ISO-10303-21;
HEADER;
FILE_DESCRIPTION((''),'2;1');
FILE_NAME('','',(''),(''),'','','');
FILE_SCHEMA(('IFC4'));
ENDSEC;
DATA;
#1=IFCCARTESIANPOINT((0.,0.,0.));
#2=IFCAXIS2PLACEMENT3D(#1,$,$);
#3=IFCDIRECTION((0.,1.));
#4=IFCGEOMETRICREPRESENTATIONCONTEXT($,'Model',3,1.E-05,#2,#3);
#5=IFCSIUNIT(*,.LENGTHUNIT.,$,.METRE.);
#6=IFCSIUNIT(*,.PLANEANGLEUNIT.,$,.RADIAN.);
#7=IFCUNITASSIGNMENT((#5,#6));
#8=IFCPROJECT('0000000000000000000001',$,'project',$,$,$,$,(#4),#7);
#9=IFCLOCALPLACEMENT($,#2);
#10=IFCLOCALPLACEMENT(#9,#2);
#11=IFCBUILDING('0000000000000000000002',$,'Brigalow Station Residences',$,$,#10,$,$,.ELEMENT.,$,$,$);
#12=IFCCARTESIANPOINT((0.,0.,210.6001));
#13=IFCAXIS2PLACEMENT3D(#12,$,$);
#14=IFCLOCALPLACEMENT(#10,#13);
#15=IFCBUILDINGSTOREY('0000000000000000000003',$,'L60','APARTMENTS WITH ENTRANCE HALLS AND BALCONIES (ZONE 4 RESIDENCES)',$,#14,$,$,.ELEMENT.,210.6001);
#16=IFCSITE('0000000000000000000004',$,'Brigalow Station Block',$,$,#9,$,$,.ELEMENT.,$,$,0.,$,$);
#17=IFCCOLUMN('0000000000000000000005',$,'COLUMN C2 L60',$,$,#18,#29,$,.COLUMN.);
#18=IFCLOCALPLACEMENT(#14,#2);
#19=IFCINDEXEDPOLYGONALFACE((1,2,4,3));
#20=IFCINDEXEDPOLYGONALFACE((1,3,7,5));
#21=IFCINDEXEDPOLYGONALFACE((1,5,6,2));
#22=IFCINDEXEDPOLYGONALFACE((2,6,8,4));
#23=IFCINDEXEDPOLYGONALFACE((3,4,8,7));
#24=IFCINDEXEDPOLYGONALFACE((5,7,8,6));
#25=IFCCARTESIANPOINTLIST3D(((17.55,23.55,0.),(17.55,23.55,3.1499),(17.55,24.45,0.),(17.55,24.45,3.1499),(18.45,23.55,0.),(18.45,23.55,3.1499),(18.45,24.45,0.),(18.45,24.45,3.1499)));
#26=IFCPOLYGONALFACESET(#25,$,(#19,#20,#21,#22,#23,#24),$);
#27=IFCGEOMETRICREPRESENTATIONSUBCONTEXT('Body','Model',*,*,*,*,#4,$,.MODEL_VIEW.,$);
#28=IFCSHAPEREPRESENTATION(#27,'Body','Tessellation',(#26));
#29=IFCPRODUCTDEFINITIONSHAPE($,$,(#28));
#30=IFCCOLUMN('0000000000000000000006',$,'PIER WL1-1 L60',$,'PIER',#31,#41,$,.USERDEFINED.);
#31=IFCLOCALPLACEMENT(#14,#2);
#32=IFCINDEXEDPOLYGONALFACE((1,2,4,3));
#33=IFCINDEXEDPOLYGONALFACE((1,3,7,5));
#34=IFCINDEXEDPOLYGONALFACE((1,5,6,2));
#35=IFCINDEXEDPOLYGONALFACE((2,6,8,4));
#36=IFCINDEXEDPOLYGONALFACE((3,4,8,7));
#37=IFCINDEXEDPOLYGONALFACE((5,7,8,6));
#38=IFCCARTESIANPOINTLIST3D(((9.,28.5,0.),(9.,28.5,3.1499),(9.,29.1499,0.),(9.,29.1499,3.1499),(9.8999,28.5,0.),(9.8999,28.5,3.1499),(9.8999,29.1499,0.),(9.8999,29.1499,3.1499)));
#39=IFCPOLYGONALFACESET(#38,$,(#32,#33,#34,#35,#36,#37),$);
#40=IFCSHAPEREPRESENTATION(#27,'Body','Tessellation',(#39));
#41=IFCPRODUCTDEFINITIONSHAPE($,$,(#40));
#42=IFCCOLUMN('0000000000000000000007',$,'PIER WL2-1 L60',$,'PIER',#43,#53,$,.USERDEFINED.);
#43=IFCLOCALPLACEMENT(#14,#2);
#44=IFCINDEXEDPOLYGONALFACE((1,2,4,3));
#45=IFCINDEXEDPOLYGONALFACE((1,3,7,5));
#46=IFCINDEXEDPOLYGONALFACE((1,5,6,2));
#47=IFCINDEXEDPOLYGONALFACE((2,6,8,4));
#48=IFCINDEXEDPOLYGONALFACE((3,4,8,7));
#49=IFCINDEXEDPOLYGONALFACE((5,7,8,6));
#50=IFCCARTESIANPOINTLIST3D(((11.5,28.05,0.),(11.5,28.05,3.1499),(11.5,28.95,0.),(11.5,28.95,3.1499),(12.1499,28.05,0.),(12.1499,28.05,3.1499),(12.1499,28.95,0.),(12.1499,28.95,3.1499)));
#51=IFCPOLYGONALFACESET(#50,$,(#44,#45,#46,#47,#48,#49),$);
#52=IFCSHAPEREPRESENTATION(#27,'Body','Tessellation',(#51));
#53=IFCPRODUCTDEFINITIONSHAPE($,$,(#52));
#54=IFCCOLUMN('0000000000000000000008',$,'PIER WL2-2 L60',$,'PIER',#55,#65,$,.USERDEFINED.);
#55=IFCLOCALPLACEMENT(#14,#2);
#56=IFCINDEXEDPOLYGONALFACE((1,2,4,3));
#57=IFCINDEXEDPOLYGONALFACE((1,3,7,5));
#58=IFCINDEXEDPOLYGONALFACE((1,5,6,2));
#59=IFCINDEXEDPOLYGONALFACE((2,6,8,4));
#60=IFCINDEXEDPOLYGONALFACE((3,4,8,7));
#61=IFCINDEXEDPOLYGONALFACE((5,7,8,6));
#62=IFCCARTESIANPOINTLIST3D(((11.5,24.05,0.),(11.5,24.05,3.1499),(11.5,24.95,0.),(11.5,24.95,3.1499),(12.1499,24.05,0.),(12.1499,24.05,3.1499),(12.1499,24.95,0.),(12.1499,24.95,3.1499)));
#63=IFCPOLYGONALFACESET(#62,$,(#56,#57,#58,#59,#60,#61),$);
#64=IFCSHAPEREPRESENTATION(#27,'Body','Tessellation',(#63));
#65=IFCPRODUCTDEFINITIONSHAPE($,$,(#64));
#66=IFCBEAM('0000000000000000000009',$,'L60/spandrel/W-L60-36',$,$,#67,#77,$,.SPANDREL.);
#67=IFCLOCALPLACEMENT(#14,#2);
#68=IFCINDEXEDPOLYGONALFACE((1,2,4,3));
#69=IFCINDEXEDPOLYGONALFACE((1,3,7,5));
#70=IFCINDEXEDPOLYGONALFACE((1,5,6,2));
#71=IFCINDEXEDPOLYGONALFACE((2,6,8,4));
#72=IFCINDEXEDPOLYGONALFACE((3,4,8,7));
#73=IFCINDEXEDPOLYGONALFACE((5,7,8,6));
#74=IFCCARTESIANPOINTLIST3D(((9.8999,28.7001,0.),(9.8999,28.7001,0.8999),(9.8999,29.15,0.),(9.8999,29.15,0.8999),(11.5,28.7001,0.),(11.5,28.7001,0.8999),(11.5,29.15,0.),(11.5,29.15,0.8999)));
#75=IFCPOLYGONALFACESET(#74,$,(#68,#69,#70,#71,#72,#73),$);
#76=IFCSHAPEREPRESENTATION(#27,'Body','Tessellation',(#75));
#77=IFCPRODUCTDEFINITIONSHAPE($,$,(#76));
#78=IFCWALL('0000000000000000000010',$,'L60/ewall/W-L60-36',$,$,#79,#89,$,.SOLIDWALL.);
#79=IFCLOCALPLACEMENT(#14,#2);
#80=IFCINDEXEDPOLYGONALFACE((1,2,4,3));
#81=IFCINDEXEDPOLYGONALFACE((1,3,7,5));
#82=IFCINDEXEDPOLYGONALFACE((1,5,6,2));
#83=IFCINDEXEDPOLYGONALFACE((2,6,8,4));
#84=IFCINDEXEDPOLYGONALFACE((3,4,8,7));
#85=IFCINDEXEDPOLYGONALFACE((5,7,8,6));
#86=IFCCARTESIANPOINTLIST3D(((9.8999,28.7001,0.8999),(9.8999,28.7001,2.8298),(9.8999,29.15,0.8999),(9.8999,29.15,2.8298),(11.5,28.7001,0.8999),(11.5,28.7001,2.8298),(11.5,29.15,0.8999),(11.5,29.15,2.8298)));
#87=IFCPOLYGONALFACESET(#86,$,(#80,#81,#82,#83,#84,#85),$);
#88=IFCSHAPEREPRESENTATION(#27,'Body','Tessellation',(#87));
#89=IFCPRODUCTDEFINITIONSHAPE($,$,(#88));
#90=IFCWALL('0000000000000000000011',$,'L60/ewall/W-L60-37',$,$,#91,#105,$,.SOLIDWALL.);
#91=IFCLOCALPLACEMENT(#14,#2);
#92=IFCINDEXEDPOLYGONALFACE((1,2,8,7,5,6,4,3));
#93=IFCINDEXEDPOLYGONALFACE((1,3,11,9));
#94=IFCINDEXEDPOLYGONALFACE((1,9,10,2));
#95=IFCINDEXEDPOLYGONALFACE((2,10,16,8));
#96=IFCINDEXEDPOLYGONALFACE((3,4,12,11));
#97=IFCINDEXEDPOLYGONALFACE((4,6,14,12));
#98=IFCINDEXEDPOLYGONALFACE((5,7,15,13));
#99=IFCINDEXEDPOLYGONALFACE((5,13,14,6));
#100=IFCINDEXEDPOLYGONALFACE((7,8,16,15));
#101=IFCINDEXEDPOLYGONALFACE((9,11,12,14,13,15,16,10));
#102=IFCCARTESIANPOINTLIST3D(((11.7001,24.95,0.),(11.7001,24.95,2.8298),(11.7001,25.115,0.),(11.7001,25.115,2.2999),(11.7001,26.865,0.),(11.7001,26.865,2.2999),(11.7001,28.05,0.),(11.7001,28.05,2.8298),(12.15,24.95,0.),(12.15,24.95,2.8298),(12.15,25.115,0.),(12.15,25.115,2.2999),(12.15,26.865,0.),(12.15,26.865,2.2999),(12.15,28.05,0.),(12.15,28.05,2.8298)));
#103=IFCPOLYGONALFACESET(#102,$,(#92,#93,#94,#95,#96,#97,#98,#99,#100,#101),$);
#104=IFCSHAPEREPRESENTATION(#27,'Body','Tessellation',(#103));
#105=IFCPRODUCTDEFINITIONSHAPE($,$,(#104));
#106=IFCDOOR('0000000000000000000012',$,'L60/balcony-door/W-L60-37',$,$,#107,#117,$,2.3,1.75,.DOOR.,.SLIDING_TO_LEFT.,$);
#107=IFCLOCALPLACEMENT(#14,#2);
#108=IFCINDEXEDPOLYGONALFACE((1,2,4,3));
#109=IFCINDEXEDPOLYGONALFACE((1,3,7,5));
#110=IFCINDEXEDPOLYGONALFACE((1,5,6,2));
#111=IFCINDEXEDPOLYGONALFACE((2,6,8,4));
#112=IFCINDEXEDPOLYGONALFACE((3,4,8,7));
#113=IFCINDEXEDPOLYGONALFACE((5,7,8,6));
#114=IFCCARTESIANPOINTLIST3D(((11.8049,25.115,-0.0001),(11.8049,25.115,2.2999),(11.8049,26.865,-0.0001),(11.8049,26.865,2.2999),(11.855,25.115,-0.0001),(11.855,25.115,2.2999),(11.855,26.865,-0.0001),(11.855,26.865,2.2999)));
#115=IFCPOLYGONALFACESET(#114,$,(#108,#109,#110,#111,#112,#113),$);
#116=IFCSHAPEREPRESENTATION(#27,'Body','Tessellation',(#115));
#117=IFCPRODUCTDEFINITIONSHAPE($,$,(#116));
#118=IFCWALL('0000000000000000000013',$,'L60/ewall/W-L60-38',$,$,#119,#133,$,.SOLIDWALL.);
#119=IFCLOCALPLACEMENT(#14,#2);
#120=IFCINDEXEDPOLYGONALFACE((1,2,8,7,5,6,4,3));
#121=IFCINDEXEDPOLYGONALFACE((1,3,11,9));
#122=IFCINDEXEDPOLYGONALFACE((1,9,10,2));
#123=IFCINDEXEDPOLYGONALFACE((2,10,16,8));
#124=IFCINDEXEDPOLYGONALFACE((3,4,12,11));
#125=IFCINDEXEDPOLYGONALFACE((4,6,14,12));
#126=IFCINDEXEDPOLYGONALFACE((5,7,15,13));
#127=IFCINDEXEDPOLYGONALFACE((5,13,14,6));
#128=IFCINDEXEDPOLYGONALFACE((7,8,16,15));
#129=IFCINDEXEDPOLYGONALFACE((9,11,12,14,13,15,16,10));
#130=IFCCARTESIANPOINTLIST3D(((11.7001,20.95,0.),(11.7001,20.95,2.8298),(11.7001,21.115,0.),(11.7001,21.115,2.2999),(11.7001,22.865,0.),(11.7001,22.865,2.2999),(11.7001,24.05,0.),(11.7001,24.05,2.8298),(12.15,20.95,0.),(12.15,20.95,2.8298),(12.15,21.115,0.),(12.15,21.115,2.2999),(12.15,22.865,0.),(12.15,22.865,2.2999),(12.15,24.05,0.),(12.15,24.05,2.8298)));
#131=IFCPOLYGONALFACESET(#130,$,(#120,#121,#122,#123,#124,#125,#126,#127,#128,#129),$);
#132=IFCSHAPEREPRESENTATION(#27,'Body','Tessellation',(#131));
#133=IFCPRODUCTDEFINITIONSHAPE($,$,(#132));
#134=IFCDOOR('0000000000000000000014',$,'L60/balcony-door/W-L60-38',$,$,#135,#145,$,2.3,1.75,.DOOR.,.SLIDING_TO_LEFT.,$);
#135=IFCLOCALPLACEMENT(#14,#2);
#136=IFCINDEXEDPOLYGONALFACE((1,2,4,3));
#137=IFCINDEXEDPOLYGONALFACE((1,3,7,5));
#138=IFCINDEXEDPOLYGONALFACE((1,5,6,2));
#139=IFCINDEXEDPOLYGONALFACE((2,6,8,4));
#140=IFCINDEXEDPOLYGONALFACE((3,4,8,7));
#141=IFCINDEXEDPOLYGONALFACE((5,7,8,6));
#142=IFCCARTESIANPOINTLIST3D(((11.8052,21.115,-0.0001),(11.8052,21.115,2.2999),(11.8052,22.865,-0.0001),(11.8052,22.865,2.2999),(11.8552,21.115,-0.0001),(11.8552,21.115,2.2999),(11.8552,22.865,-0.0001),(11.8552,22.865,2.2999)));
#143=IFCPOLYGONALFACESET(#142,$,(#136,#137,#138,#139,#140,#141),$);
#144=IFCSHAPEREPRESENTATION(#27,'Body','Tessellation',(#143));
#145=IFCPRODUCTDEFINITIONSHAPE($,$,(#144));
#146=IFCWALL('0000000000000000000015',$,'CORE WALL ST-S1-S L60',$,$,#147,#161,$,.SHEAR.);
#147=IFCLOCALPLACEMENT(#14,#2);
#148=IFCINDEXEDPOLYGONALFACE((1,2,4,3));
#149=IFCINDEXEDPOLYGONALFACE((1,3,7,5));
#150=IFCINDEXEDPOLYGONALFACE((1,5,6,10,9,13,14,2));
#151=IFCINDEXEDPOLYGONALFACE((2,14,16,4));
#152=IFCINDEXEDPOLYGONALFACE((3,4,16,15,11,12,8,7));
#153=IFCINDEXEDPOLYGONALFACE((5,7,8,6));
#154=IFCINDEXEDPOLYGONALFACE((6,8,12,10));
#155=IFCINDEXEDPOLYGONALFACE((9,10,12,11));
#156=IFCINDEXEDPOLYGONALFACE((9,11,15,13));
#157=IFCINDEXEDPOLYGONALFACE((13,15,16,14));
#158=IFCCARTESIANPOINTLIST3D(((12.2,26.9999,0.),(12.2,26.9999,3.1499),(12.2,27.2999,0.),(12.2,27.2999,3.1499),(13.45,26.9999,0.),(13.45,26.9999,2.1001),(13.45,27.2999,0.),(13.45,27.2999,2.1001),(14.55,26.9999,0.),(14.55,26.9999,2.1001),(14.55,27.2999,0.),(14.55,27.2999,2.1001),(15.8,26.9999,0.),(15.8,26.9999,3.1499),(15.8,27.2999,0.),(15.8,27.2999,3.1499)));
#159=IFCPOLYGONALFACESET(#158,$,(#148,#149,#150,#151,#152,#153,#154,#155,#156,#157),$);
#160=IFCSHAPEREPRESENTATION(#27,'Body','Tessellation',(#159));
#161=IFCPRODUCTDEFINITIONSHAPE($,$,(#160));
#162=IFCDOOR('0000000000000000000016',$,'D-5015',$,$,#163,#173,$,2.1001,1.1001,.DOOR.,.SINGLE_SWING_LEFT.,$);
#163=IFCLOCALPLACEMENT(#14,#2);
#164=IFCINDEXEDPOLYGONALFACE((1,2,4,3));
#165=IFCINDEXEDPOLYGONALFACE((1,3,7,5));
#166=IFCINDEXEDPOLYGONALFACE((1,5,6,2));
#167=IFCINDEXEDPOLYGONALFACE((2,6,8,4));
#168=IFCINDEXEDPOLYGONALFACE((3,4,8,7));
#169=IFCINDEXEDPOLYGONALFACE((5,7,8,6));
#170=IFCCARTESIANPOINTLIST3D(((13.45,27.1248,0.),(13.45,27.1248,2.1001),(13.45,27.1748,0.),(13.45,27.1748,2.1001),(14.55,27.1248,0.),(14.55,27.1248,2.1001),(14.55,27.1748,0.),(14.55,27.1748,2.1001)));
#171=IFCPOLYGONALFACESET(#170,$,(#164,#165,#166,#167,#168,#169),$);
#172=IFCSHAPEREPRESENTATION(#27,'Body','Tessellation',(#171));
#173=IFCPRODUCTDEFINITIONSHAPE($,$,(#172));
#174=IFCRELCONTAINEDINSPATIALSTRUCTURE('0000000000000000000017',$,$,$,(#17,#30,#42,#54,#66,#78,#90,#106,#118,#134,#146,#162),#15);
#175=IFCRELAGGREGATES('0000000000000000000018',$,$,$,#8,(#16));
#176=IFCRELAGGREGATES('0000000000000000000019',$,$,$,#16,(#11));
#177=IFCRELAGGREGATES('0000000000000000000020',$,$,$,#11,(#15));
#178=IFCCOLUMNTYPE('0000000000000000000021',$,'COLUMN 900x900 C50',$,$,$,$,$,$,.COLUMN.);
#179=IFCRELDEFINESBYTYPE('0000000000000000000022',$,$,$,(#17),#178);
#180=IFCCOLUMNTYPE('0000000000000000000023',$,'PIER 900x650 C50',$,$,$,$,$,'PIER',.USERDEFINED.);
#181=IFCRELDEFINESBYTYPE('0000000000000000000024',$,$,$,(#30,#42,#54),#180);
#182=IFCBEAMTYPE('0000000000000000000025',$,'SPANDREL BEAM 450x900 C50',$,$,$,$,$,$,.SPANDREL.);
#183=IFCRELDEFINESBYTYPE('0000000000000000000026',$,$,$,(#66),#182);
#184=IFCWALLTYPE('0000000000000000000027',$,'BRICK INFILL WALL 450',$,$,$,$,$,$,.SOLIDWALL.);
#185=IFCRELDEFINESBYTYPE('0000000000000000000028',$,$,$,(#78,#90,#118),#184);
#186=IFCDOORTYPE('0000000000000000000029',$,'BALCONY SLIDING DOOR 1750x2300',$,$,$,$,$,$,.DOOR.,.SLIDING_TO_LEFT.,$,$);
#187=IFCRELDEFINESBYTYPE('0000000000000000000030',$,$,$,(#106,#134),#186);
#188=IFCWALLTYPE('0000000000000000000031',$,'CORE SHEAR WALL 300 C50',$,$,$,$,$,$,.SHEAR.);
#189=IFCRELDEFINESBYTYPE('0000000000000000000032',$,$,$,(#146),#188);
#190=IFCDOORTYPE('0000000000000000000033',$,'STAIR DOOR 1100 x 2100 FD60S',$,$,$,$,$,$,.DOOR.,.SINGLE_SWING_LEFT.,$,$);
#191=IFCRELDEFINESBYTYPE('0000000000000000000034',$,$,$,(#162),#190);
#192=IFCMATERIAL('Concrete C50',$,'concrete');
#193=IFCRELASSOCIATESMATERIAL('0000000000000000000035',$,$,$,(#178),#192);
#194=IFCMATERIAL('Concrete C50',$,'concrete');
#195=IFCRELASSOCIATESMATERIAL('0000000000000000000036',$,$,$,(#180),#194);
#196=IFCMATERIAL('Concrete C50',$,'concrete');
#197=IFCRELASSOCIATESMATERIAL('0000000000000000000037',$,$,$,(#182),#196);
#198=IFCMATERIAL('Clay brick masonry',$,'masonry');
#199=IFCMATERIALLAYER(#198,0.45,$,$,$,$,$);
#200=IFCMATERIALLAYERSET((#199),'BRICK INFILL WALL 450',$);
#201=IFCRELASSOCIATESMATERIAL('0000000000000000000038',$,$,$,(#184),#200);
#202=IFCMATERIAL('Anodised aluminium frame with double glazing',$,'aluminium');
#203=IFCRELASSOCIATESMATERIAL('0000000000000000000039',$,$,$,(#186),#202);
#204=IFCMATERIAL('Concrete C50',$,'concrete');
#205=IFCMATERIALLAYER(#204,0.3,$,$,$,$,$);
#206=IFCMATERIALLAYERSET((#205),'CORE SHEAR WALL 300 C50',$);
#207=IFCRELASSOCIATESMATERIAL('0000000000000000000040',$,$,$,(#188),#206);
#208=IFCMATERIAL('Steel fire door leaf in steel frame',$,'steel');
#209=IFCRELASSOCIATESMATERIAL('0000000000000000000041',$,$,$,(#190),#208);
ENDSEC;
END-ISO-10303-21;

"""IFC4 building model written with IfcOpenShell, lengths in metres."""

from ifc_helpers import new_model, si_unit, direction, frame, frame_2d, origin, origin_2d, place, context, subcontext, project, spatial, rectangle, extrude, material, layer, layer_set, material_profile, profile_set, type_object, element, fill, save


model = new_model("IFC4")

# Units and contexts
model_context = context("Model", 3, precision=1e-05, world=origin(), true_north=direction((0.0, 1.0)))
body_context = subcontext(model_context, "Body", "Model", "MODEL_VIEW")
ifc_project = project(units=[si_unit("LENGTHUNIT", "METRE"), si_unit("PLANEANGLEUNIT", "RADIAN")], contexts=[model_context])

# Site, building, storey
site_placement = place(None, origin())
site = spatial("IfcSite", under=ifc_project, at=site_placement, Name="Brigalow Station Block", CompositionType="ELEMENT", RefElevation=0.0)
building_placement = place(site_placement, origin())
building = spatial("IfcBuilding", under=site, at=building_placement, Name="Brigalow Station Residences", CompositionType="ELEMENT")
storey_placement = place(building_placement, frame((0.0, 0.0, 210.6001)))
storey = spatial("IfcBuildingStorey", under=building, at=storey_placement, Name="L60", Description="APARTMENTS WITH ENTRANCE HALLS AND BALCONIES (ZONE 4 RESIDENCES)", CompositionType="ELEMENT", Elevation=210.6001)

# Columns
ifc_material_1 = material(Name="Concrete C50", Category="concrete")
ifc_material_profile_1 = material_profile(ifc_material_1, rectangle(XDim=0.8999, YDim=0.8999, at=origin_2d()), Name="RC900x900")
ifc_profile_set_1 = profile_set([ifc_material_profile_1], Name="Concrete C50")
column_type_1 = type_object("IfcColumnType", Name="COLUMN 900x900 C50", PredefinedType="COLUMN", material=ifc_profile_set_1)
column_placement = place(storey_placement, frame((18.0, 24.0, 0.0), z_axis=(0.0, 0.0, 1.0), x_axis=(1.0, 0.0, 0.0)))
element("IfcColumn", 1, at=column_placement, inside=storey, type_object=column_type_1, Name="COLUMN C2 L60", PredefinedType="COLUMN", context=body_context, shape_type="SweptSolid", body=[
    extrude(rectangle(XDim=0.8999, YDim=0.8999, at=origin_2d()), origin(), (0.0, 0.0, 1.0), 3.1499),
])
ifc_material_2 = material(Name="Concrete C50", Category="concrete")
ifc_material_profile_2 = material_profile(ifc_material_2, rectangle(XDim=0.8999, YDim=0.6499, at=origin_2d()), Name="RC900x650")
ifc_profile_set_2 = profile_set([ifc_material_profile_2], Name="Concrete C50")
column_type_2 = type_object("IfcColumnType", Name="PIER 900x650 C50", ElementType="PIER", PredefinedType="USERDEFINED", material=ifc_profile_set_2)
for number, where, z_axis, x_axis, name in (
    (2, (9.45, 28.825, 0.0), (0.0, 0.0, 1.0), (1.0, 0.0, 0.0), "PIER WL1-1 L60"),
    (3, (11.825, 28.5, 0.0), (0.0, 0.0, 1.0), (0.0, -1.0, 0.0), "PIER WL2-1 L60"),
    (4, (11.825, 24.5, 0.0), (0.0, 0.0, 1.0), (0.0, -1.0, 0.0), "PIER WL2-2 L60"),
):
    element("IfcColumn", number, at=place(storey_placement, frame(where, z_axis=z_axis, x_axis=x_axis)), inside=storey, type_object=column_type_2, Name=name, ObjectType="PIER", PredefinedType="USERDEFINED", context=body_context, shape_type="SweptSolid", body=[
        extrude(rectangle(XDim=0.8999, YDim=0.6499, at=origin_2d()), origin(), (0.0, 0.0, 1.0), 3.1499),
    ])

# Beam
ifc_material_3 = material(Name="Concrete C50", Category="concrete")
ifc_material_profile_3 = material_profile(ifc_material_3, rectangle(XDim=0.45, YDim=0.8999, at=origin_2d()), Name="RC450x900")
ifc_profile_set_3 = profile_set([ifc_material_profile_3], Name="Concrete C50")
beam_type = type_object("IfcBeamType", Name="SPANDREL BEAM 450x900 C50", PredefinedType="SPANDREL", material=ifc_profile_set_3)
beam_placement = place(storey_placement, frame((9.8999, 28.925, 0.45), z_axis=(1.0, 0.0, 0.0), x_axis=(0.0, 1.0, 0.0)))
element("IfcBeam", 5, at=beam_placement, inside=storey, type_object=beam_type, Name="L60/spandrel/W-L60-36", PredefinedType="SPANDREL", context=body_context, shape_type="SweptSolid", body=[
    extrude(rectangle(XDim=0.45, YDim=0.8999, at=origin_2d()), origin(), (0.0, 0.0, 1.0), 1.6001),
])

# Wall
ifc_material_4 = material(Name="Clay brick masonry", Category="masonry")
ifc_layer_1 = layer(ifc_material_4, 0.45)
ifc_layer_set_1 = layer_set([ifc_layer_1], Name="BRICK INFILL WALL 450")
wall_type_1 = type_object("IfcWallType", Name="BRICK INFILL WALL 450", PredefinedType="SOLIDWALL", material=ifc_layer_set_1)
wall_1_placement = place(storey_placement, frame((9.8999, 28.925, 0.8999), z_axis=(0.0, 0.0, 1.0), x_axis=(1.0, 0.0, 0.0)))
element("IfcWall", 6, at=wall_1_placement, inside=storey, type_object=wall_type_1, Name="L60/ewall/W-L60-36", PredefinedType="SOLIDWALL", context=body_context, shape_type="SweptSolid", body=[
    extrude(rectangle(XDim=1.6001, YDim=0.45, at=frame_2d((0.8, 0.0))), origin(), (0.0, 0.0, 1.0), 1.9299),
])

# Walls, openings, doors
wall_2_placement = place(storey_placement, frame((11.925, 28.05, 0.0), z_axis=(0.0, 0.0, 1.0), x_axis=(0.0, -1.0, 0.0)))
wall_2 = element("IfcWall", 7, at=wall_2_placement, inside=storey, type_object=wall_type_1, Name="L60/ewall/W-L60-37", PredefinedType="SOLIDWALL", context=body_context, shape_type="SweptSolid", body=[
    extrude(rectangle(XDim=3.1001, YDim=0.45, at=frame_2d((1.55, 0.0))), origin(), (0.0, 0.0, 1.0), 2.8298),
])
opening_1_placement = place(wall_2_placement, frame((1.1851, 0.0, 0.0)))
opening_1 = element("IfcOpeningElement", 8, at=opening_1_placement, cuts=wall_2, PredefinedType="OPENING", context=body_context, shape_type="SweptSolid", body=[
    extrude(rectangle(XDim=1.75, YDim=2.3, at=frame_2d((0.875, 1.1499))), frame((0.0, 0.2349, 0.0), z_axis=(0.0, -1.0, 0.0), x_axis=(1.0, 0.0, 0.0)), (0.0, 0.0, 1.0), 0.47),
])
ifc_material_5 = material(Name="Anodised aluminium frame with double glazing", Category="aluminium")
door_type_1 = type_object("IfcDoorType", Name="BALCONY SLIDING DOOR 1750x2300", OperationType="SLIDING_TO_LEFT", PredefinedType="DOOR", material=ifc_material_5)
door_1_placement = place(opening_1_placement, frame((1.75, -0.1899, 0.0), z_axis=(0.0, 0.0, 1.0), x_axis=(-1.0, 0.0, 0.0)))
door_1 = element("IfcDoor", 9, at=door_1_placement, inside=storey, type_object=door_type_1, Name="L60/balcony-door/W-L60-37", OperationType="SLIDING_TO_LEFT", OverallHeight=2.3, OverallWidth=1.75, PredefinedType="DOOR", context=body_context, shape_type="SweptSolid", body=[
    extrude(rectangle(XDim=1.75, YDim=2.3, at=frame_2d((0.875, 1.1499))), frame((0.0, -0.0698, 0.0), z_axis=(0.0, -1.0, 0.0), x_axis=(1.0, 0.0, 0.0)), (0.0, 0.0, 1.0), 0.05),
])
fill(opening_1, door_1)
wall_3_placement = place(storey_placement, frame((11.925, 24.05, 0.0), z_axis=(0.0, 0.0, 1.0), x_axis=(0.0, -1.0, 0.0)))
wall_3 = element("IfcWall", 10, at=wall_3_placement, inside=storey, type_object=wall_type_1, Name="L60/ewall/W-L60-38", PredefinedType="SOLIDWALL", context=body_context, shape_type="SweptSolid", body=[
    extrude(rectangle(XDim=3.1001, YDim=0.45, at=frame_2d((1.55, 0.0))), origin(), (0.0, 0.0, 1.0), 2.8298),
])
opening_2_placement = place(wall_3_placement, frame((1.1851, 0.0, 0.0)))
opening_2 = element("IfcOpeningElement", 11, at=opening_2_placement, cuts=wall_3, PredefinedType="OPENING", context=body_context, shape_type="SweptSolid", body=[
    extrude(rectangle(XDim=1.75, YDim=2.3, at=frame_2d((0.875, 1.1499))), frame((0.0, 0.2349, 0.0), z_axis=(0.0, -1.0, 0.0), x_axis=(1.0, 0.0, 0.0)), (0.0, 0.0, 1.0), 0.47),
])
door_2_placement = place(opening_2_placement, origin())
door_2 = element("IfcDoor", 12, at=door_2_placement, inside=storey, type_object=door_type_1, Name="L60/balcony-door/W-L60-38", OperationType="SLIDING_TO_LEFT", OverallHeight=2.3, OverallWidth=1.75, PredefinedType="DOOR", context=body_context, shape_type="SweptSolid", body=[
    extrude(rectangle(XDim=1.75, YDim=2.3, at=frame_2d((0.875, 1.1499))), frame((0.0, -0.0698, 0.0), z_axis=(0.0, -1.0, 0.0), x_axis=(1.0, 0.0, 0.0)), (0.0, 0.0, 1.0), 0.05),
])
fill(opening_2, door_2)
ifc_material_6 = material(Name="Concrete C50", Category="concrete")
ifc_layer_2 = layer(ifc_material_6, 0.3)
ifc_layer_set_2 = layer_set([ifc_layer_2], Name="CORE SHEAR WALL 300 C50")
wall_type_2 = type_object("IfcWallType", Name="CORE SHEAR WALL 300 C50", PredefinedType="SHEAR", material=ifc_layer_set_2)
wall_4_placement = place(storey_placement, frame((12.2, 27.1499, 0.0), z_axis=(0.0, 0.0, 1.0), x_axis=(1.0, 0.0, 0.0)))
wall_4 = element("IfcWall", 13, at=wall_4_placement, inside=storey, type_object=wall_type_2, Name="CORE WALL ST-S1-S L60", PredefinedType="SHEAR", context=body_context, shape_type="SweptSolid", body=[
    extrude(rectangle(XDim=3.6001, YDim=0.3, at=frame_2d((1.8, 0.0))), origin(), (0.0, 0.0, 1.0), 3.1499),
])
opening_3_placement = place(wall_4_placement, frame((1.25, 0.0, 0.0)))
opening_3 = element("IfcOpeningElement", 14, at=opening_3_placement, cuts=wall_4, PredefinedType="OPENING", context=body_context, shape_type="SweptSolid", body=[
    extrude(rectangle(XDim=1.1001, YDim=2.1001, at=frame_2d((0.55, 1.05))), frame((0.0, 0.1602, 0.0), z_axis=(0.0, -1.0, 0.0), x_axis=(1.0, 0.0, 0.0)), (0.0, 0.0, 1.0), 0.3201),
])
ifc_material_7 = material(Name="Steel fire door leaf in steel frame", Category="steel")
door_type_2 = type_object("IfcDoorType", Name="STAIR DOOR 1100 x 2100 FD60S", OperationType="SINGLE_SWING_LEFT", PredefinedType="DOOR", material=ifc_material_7)
door_3_placement = place(opening_3_placement, origin())
door_3 = element("IfcDoor", 15, at=door_3_placement, inside=storey, type_object=door_type_2, Name="D-5015", OperationType="SINGLE_SWING_LEFT", OverallHeight=2.1001, OverallWidth=1.1001, PredefinedType="DOOR", context=body_context, shape_type="SweptSolid", body=[
    extrude(rectangle(XDim=1.1001, YDim=2.1001, at=frame_2d((0.55, 1.05))), frame((0.0, 0.0249, 0.0), z_axis=(0.0, -1.0, 0.0), x_axis=(1.0, 0.0, 0.0)), (0.0, 0.0, 1.0), 0.05),
])
fill(opening_3, door_3)

save(model, "model.ifc")
